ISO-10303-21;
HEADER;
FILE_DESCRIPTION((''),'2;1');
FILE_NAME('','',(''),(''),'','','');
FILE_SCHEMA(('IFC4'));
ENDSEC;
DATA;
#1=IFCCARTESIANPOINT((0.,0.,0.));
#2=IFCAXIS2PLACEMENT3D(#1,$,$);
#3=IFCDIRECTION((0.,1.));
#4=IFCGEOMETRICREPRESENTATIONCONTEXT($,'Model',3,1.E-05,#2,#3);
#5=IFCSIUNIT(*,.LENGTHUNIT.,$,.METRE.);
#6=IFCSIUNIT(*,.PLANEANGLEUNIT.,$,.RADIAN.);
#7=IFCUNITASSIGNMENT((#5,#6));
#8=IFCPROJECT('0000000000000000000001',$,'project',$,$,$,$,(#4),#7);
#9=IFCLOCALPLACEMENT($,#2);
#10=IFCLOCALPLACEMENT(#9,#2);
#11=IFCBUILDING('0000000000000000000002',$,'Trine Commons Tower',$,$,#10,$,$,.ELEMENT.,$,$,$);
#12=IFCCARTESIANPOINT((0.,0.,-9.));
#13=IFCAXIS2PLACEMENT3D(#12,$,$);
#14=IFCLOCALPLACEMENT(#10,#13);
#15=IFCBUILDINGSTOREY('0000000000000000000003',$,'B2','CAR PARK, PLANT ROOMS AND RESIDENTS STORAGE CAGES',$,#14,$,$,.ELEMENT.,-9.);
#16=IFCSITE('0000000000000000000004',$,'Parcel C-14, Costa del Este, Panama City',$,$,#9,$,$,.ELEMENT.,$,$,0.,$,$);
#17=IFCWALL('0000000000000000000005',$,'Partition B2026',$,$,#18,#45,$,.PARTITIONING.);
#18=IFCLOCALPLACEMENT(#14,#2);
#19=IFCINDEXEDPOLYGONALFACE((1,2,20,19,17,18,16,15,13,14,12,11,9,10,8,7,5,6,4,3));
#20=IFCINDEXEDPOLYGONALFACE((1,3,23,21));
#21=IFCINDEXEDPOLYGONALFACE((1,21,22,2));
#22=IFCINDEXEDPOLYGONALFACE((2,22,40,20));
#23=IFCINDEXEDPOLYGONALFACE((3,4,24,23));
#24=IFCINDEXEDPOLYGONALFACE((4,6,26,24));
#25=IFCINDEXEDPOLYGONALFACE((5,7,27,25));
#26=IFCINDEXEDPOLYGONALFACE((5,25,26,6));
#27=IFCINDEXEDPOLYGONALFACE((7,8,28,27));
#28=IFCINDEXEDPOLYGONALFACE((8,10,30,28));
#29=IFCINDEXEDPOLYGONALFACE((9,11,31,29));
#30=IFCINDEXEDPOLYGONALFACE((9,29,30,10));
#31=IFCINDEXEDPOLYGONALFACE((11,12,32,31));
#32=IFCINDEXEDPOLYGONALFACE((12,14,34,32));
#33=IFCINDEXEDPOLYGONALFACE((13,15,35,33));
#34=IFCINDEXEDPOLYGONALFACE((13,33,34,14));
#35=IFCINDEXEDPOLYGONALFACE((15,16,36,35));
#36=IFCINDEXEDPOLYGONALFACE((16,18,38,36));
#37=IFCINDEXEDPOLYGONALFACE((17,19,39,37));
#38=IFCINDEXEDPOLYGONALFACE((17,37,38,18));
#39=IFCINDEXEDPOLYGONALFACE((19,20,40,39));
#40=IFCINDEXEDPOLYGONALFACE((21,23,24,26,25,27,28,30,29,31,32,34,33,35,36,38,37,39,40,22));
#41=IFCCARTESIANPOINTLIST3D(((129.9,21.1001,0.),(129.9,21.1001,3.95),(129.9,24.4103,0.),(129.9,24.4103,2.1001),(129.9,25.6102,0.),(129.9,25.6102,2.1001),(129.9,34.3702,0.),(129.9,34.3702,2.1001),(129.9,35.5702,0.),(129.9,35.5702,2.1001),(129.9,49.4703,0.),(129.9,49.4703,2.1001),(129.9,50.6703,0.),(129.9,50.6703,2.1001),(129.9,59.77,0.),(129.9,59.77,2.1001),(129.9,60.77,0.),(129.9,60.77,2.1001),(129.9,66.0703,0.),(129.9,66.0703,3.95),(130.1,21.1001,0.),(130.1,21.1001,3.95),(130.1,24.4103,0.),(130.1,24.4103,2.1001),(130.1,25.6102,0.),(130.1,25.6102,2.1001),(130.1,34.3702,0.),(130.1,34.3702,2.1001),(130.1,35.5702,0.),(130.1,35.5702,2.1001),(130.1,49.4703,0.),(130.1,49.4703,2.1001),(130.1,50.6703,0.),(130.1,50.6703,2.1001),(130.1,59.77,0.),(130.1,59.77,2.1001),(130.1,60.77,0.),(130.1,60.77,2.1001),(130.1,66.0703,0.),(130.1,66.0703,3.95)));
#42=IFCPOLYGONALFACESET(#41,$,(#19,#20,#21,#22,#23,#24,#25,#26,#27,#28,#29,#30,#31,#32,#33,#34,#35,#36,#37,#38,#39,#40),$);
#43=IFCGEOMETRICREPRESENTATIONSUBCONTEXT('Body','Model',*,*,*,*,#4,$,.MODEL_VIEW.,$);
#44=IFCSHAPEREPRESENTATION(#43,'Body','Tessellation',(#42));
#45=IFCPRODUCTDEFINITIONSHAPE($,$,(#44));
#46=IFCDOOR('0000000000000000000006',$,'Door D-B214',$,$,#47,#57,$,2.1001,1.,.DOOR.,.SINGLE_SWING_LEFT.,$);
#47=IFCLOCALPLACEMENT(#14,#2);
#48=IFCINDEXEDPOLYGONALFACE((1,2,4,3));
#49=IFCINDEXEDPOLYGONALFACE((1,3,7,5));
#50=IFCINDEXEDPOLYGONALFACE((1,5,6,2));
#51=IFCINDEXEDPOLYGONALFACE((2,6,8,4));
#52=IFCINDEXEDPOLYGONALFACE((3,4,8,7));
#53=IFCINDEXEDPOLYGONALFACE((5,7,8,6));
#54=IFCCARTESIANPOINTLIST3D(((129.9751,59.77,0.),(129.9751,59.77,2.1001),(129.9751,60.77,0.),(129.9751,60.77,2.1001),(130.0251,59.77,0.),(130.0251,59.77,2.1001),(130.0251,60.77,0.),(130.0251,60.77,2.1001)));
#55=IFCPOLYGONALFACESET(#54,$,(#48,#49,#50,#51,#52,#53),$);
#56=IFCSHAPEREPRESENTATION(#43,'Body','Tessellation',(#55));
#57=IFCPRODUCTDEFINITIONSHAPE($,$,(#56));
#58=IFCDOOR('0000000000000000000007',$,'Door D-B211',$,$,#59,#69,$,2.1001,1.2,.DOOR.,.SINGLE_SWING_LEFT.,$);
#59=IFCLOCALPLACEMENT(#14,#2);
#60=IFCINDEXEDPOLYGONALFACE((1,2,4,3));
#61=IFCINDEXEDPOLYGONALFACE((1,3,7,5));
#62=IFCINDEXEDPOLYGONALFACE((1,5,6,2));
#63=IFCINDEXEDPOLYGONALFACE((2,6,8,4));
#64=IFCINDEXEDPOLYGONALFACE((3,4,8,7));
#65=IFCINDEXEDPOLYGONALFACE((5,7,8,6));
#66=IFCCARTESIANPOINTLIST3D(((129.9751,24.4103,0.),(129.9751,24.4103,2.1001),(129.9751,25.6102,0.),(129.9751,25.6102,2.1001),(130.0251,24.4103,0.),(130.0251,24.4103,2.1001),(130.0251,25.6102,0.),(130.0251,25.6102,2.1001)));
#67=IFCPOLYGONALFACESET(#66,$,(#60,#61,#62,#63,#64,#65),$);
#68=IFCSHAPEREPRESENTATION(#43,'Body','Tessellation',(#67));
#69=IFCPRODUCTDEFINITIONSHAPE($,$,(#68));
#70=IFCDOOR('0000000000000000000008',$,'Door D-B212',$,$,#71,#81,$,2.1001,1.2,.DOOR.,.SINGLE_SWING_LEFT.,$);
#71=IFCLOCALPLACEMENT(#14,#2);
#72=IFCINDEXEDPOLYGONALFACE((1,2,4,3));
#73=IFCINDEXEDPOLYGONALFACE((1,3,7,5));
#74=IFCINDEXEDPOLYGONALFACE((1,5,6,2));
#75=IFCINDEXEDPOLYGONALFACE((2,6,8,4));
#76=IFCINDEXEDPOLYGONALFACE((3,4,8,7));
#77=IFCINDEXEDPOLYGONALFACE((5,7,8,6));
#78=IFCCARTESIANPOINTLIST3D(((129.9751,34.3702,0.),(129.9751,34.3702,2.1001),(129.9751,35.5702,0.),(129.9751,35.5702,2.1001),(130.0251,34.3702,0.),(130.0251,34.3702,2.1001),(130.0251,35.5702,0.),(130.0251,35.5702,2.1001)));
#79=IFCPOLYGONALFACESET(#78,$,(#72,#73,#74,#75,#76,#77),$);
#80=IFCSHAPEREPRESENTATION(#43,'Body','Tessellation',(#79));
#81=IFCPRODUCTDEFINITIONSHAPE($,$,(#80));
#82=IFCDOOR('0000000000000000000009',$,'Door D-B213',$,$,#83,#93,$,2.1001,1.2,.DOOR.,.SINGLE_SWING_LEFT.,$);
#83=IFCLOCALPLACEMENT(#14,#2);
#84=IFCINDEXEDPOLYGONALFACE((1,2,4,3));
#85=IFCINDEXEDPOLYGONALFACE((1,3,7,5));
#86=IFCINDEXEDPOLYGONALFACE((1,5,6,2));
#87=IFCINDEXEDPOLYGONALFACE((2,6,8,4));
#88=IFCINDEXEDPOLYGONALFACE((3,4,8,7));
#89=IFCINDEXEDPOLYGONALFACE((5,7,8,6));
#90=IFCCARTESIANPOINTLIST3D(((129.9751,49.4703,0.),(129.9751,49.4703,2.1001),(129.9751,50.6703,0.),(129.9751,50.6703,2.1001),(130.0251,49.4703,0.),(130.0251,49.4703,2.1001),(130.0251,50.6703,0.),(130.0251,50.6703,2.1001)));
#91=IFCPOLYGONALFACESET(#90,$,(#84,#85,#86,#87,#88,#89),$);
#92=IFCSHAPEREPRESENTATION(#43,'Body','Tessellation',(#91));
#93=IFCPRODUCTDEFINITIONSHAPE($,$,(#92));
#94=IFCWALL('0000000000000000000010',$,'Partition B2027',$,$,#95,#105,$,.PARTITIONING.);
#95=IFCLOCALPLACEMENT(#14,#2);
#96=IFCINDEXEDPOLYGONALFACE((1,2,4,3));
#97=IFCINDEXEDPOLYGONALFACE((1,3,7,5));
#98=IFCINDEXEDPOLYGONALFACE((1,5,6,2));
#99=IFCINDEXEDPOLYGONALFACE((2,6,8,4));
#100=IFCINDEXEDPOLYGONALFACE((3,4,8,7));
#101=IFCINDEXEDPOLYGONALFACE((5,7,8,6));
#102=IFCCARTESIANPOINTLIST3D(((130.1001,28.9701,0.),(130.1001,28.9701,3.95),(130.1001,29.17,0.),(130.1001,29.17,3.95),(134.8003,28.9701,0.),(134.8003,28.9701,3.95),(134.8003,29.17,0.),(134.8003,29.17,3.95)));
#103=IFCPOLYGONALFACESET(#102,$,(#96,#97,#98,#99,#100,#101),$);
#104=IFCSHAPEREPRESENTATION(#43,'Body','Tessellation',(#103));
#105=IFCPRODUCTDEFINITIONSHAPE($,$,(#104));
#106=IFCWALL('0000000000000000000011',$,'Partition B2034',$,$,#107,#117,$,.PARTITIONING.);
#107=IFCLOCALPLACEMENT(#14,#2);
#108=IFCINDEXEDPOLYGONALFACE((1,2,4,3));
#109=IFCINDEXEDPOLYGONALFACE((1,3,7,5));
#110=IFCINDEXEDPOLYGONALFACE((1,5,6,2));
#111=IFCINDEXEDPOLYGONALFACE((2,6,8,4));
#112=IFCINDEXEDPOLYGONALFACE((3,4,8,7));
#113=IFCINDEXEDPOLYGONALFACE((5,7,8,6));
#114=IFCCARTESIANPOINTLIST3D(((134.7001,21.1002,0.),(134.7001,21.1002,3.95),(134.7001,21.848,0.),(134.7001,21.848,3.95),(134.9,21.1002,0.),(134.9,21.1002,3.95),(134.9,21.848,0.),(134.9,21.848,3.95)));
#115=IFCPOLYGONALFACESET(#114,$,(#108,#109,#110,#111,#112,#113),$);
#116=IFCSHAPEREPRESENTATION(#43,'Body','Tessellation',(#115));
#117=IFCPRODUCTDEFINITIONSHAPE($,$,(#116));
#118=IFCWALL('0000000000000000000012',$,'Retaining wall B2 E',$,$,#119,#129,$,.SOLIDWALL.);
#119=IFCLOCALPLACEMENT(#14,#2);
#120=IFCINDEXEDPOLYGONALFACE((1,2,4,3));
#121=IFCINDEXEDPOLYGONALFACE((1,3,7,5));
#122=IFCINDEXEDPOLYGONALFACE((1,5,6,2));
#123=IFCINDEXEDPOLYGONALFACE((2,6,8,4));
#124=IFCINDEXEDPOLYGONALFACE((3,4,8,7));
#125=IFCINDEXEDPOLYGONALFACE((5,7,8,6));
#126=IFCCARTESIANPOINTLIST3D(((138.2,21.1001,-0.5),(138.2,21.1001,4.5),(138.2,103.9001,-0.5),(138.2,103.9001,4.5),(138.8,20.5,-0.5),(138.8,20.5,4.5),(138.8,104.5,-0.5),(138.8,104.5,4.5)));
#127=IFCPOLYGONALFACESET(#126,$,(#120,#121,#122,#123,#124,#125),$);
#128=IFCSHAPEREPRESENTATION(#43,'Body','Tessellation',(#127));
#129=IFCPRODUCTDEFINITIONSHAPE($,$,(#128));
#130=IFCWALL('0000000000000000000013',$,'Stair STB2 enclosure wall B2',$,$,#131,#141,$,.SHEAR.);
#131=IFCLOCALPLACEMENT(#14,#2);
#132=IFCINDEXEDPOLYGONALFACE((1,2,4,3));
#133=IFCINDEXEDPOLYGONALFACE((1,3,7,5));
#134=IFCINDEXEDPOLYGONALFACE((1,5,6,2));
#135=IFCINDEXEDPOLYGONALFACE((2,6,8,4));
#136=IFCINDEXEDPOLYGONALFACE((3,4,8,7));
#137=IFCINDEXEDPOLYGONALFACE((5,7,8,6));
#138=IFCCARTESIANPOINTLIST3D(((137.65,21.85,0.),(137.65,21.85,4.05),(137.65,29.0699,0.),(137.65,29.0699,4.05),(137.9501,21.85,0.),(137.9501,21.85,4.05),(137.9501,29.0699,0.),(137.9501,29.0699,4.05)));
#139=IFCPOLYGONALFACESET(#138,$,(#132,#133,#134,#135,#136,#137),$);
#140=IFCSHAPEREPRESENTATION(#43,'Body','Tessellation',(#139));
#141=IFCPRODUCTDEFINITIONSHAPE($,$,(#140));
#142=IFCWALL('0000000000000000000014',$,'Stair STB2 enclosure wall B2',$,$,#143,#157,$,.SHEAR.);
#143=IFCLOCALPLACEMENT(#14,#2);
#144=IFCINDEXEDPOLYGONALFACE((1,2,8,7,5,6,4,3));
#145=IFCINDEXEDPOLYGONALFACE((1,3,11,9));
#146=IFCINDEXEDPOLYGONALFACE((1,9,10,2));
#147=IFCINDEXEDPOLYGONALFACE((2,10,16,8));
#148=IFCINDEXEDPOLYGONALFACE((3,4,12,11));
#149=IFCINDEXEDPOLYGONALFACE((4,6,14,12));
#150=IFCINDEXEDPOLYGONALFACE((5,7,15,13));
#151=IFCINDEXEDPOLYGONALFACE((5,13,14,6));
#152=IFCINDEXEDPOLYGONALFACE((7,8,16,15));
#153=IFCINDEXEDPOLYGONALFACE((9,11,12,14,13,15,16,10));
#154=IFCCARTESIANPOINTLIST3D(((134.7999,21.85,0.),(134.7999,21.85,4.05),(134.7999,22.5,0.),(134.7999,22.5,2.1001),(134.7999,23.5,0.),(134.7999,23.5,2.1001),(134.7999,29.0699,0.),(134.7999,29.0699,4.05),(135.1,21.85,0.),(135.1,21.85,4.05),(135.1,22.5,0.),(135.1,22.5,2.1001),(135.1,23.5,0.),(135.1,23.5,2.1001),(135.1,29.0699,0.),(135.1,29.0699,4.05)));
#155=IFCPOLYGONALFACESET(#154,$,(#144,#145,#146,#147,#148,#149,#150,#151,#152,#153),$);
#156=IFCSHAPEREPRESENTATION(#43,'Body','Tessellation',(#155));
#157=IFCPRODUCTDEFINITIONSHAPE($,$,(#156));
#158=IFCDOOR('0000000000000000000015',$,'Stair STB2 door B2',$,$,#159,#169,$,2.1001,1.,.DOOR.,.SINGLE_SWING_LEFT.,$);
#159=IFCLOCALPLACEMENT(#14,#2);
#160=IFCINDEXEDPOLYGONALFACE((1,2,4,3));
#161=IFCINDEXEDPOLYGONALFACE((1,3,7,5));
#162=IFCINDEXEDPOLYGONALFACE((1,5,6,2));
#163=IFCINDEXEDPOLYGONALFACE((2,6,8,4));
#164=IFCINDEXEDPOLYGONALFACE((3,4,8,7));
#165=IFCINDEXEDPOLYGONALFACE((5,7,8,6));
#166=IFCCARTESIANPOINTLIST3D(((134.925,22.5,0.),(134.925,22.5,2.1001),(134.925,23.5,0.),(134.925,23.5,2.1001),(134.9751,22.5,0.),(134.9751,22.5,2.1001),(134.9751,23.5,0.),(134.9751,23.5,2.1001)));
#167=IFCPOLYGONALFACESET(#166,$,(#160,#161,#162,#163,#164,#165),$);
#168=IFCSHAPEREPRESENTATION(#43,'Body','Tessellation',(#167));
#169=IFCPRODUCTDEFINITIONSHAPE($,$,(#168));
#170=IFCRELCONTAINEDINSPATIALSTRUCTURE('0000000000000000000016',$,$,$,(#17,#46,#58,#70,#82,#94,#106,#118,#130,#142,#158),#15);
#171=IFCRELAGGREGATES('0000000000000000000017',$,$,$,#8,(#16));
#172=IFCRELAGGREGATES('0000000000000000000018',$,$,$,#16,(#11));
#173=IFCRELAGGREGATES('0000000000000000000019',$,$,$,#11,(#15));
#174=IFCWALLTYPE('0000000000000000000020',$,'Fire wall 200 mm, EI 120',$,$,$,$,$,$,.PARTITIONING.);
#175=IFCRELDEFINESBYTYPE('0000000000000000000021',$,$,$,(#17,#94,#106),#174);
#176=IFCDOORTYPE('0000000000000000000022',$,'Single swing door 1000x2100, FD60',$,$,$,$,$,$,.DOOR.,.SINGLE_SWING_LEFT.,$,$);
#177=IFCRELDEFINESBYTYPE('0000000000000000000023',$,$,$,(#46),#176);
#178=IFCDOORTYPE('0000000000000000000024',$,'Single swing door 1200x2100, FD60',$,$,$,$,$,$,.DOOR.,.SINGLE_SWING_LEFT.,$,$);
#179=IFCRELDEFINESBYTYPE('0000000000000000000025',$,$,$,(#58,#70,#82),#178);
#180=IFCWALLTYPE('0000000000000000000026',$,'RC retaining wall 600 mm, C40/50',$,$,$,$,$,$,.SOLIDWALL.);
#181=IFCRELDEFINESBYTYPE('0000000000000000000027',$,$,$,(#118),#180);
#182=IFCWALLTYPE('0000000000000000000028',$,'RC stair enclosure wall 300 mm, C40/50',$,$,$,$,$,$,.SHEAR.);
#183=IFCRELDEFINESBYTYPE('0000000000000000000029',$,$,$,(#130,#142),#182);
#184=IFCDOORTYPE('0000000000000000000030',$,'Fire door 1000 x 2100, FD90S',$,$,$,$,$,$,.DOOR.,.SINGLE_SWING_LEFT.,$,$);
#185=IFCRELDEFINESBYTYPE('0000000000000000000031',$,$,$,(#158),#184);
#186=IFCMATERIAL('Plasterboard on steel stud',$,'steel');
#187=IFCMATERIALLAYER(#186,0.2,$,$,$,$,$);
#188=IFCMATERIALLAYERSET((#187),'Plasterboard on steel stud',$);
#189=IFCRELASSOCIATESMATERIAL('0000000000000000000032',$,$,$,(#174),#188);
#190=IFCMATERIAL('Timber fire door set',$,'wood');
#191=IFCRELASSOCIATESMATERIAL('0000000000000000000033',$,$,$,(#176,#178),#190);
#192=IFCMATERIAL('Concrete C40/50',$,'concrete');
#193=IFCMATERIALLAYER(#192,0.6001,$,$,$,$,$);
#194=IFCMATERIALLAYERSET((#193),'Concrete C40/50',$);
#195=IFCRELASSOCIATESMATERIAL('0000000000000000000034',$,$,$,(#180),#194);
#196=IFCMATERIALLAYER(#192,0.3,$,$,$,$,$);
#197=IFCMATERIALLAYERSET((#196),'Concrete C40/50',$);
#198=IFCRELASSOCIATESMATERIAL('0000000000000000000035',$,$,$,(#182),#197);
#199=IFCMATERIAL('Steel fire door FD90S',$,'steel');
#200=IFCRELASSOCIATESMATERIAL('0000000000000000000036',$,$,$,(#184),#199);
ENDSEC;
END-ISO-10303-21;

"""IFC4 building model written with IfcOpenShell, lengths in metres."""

from ifc_helpers import new_model, si_unit, direction, frame, frame_2d, origin, place, context, subcontext, project, spatial, polyline, rectangle, outline, extrude, material, layer, layer_set, type_object, element, fill, save


model = new_model("IFC4")

# Units and contexts
model_context = context("Model", 3, precision=1e-05, world=origin(), true_north=direction((0.0, 1.0)))
body_context = subcontext(model_context, "Body", "Model", "MODEL_VIEW")
ifc_project = project(units=[si_unit("LENGTHUNIT", "METRE"), si_unit("PLANEANGLEUNIT", "RADIAN")], contexts=[model_context])

# Site, building, storey
site_placement = place(None, origin())
site = spatial("IfcSite", under=ifc_project, at=site_placement, Name="Parcel C-14, Costa del Este, Panama City", CompositionType="ELEMENT", RefElevation=0.0)
building_placement = place(site_placement, origin())
building = spatial("IfcBuilding", under=site, at=building_placement, Name="Trine Commons Tower", CompositionType="ELEMENT")
storey_placement = place(building_placement, frame((0.0, 0.0, -9.0)))
storey = spatial("IfcBuildingStorey", under=building, at=storey_placement, Name="B2", Description="CAR PARK, PLANT ROOMS AND RESIDENTS STORAGE CAGES", CompositionType="ELEMENT", Elevation=-9.0)

# Shared definitions
ifc_material_1 = material(Name="Concrete C40/50", Category="concrete")

# Wall, openings, doors
ifc_material_2 = material(Name="Plasterboard on steel stud", Category="steel")
ifc_layer_1 = layer(ifc_material_2, 0.2)
ifc_layer_set_1 = layer_set([ifc_layer_1], Name="Plasterboard on steel stud")
wall_type_1 = type_object("IfcWallType", Name="Fire wall 200 mm, EI 120", PredefinedType="PARTITIONING", material=ifc_layer_set_1)
wall_1_placement = place(storey_placement, frame((130.0, 21.1001, 0.0), z_axis=(0.0, 0.0, 1.0), x_axis=(0.0, 1.0, 0.0)))
wall_1 = element("IfcWall", 1, at=wall_1_placement, inside=storey, type_object=wall_type_1, Name="Partition B2026", PredefinedType="PARTITIONING", context=body_context, shape_type="SweptSolid", body=[
    extrude(rectangle(XDim=44.9702, YDim=0.2, at=frame_2d((22.4851, 0.0))), origin(), (0.0, 0.0, 1.0), 3.95),
])
opening_1_placement = place(wall_1_placement, frame((3.3101, 0.0, 0.0)))
opening_1 = element("IfcOpeningElement", 2, at=opening_1_placement, cuts=wall_1, PredefinedType="OPENING", context=body_context, shape_type="SweptSolid", body=[
    extrude(rectangle(XDim=1.2, YDim=2.1001, at=frame_2d((0.6001, 1.05))), frame((0.0, 0.1099, 0.0), z_axis=(0.0, -1.0, 0.0), x_axis=(1.0, 0.0, 0.0)), (0.0, 0.0, 1.0), 0.22),
])
opening_2_placement = place(wall_1_placement, frame((13.27, 0.0, 0.0)))
opening_2 = element("IfcOpeningElement", 3, at=opening_2_placement, cuts=wall_1, PredefinedType="OPENING", context=body_context, shape_type="SweptSolid", body=[
    extrude(rectangle(XDim=1.2, YDim=2.1001, at=frame_2d((0.6001, 1.05))), frame((0.0, 0.1099, 0.0), z_axis=(0.0, -1.0, 0.0), x_axis=(1.0, 0.0, 0.0)), (0.0, 0.0, 1.0), 0.22),
])
opening_3_placement = place(wall_1_placement, frame((28.3701, 0.0, 0.0)))
opening_3 = element("IfcOpeningElement", 4, at=opening_3_placement, cuts=wall_1, PredefinedType="OPENING", context=body_context, shape_type="SweptSolid", body=[
    extrude(rectangle(XDim=1.2, YDim=2.1001, at=frame_2d((0.6001, 1.05))), frame((0.0, 0.1099, 0.0), z_axis=(0.0, -1.0, 0.0), x_axis=(1.0, 0.0, 0.0)), (0.0, 0.0, 1.0), 0.22),
])
opening_4_placement = place(wall_1_placement, frame((38.6699, 0.0, 0.0)))
opening_4 = element("IfcOpeningElement", 5, at=opening_4_placement, cuts=wall_1, PredefinedType="OPENING", context=body_context, shape_type="SweptSolid", body=[
    extrude(rectangle(XDim=1.0, YDim=2.1001, at=frame_2d((0.5, 1.05))), frame((0.0, 0.1099, 0.0), z_axis=(0.0, -1.0, 0.0), x_axis=(1.0, 0.0, 0.0)), (0.0, 0.0, 1.0), 0.22),
])
ifc_material_3 = material(Name="Timber fire door set", Category="wood")
door_type_1 = type_object("IfcDoorType", Name="Single swing door 1000x2100, FD60", OperationType="SINGLE_SWING_LEFT", PredefinedType="DOOR", material=ifc_material_3)
door_1_placement = place(opening_4_placement, origin())
door_1 = element("IfcDoor", 6, at=door_1_placement, inside=storey, type_object=door_type_1, Name="Door D-B214", OperationType="SINGLE_SWING_LEFT", OverallHeight=2.1001, OverallWidth=1.0, PredefinedType="DOOR", context=body_context, shape_type="SweptSolid", body=[
    extrude(rectangle(XDim=1.0, YDim=2.1001, at=frame_2d((0.5, 1.05))), frame((0.0, 0.0249, 0.0), z_axis=(0.0, -1.0, 0.0), x_axis=(1.0, 0.0, 0.0)), (0.0, 0.0, 1.0), 0.05),
])
fill(opening_4, door_1)
door_type_2 = type_object("IfcDoorType", Name="Single swing door 1200x2100, FD60", OperationType="SINGLE_SWING_LEFT", PredefinedType="DOOR", material=ifc_material_3)
door_2_placement = place(opening_1_placement, origin())
door_2 = element("IfcDoor", 7, at=door_2_placement, inside=storey, type_object=door_type_2, Name="Door D-B211", OperationType="SINGLE_SWING_LEFT", OverallHeight=2.1001, OverallWidth=1.2, PredefinedType="DOOR", context=body_context, shape_type="SweptSolid", body=[
    extrude(rectangle(XDim=1.2, YDim=2.1001, at=frame_2d((0.6001, 1.05))), frame((0.0, 0.0249, 0.0), z_axis=(0.0, -1.0, 0.0), x_axis=(1.0, 0.0, 0.0)), (0.0, 0.0, 1.0), 0.05),
])
fill(opening_1, door_2)
door_3_placement = place(opening_2_placement, origin())
door_3 = element("IfcDoor", 8, at=door_3_placement, inside=storey, type_object=door_type_2, Name="Door D-B212", OperationType="SINGLE_SWING_LEFT", OverallHeight=2.1001, OverallWidth=1.2, PredefinedType="DOOR", context=body_context, shape_type="SweptSolid", body=[
    extrude(rectangle(XDim=1.2, YDim=2.1001, at=frame_2d((0.6001, 1.05))), frame((0.0, 0.0249, 0.0), z_axis=(0.0, -1.0, 0.0), x_axis=(1.0, 0.0, 0.0)), (0.0, 0.0, 1.0), 0.05),
])
fill(opening_2, door_3)
door_4_placement = place(opening_3_placement, origin())
door_4 = element("IfcDoor", 9, at=door_4_placement, inside=storey, type_object=door_type_2, Name="Door D-B213", OperationType="SINGLE_SWING_LEFT", OverallHeight=2.1001, OverallWidth=1.2, PredefinedType="DOOR", context=body_context, shape_type="SweptSolid", body=[
    extrude(rectangle(XDim=1.2, YDim=2.1001, at=frame_2d((0.6001, 1.05))), frame((0.0, 0.0249, 0.0), z_axis=(0.0, -1.0, 0.0), x_axis=(1.0, 0.0, 0.0)), (0.0, 0.0, 1.0), 0.05),
])
fill(opening_3, door_4)

# Walls
wall_2_placement = place(storey_placement, frame((130.1001, 29.0701, 0.0), z_axis=(0.0, 0.0, 1.0), x_axis=(1.0, 0.0, 0.0)))
element("IfcWall", 10, at=wall_2_placement, inside=storey, type_object=wall_type_1, Name="Partition B2027", PredefinedType="PARTITIONING", context=body_context, shape_type="SweptSolid", body=[
    extrude(rectangle(XDim=4.7002, YDim=0.2, at=frame_2d((2.3501, 0.0))), origin(), (0.0, 0.0, 1.0), 3.95),
])
wall_3_placement = place(storey_placement, frame((134.8, 21.1001, 0.0), z_axis=(0.0, 0.0, 1.0), x_axis=(0.0, 1.0, 0.0)))
element("IfcWall", 11, at=wall_3_placement, inside=storey, type_object=wall_type_1, Name="Partition B2034", PredefinedType="PARTITIONING", context=body_context, shape_type="SweptSolid", body=[
    extrude(rectangle(XDim=0.7478, YDim=0.2, at=frame_2d((0.374, 0.0))), origin(), (0.0, 0.0, 1.0), 3.95),
])
ifc_layer_2 = layer(ifc_material_1, 0.6001)
ifc_layer_set_2 = layer_set([ifc_layer_2], Name="Concrete C40/50")
wall_type_2 = type_object("IfcWallType", Name="RC retaining wall 600 mm, C40/50", PredefinedType="SOLIDWALL", material=ifc_layer_set_2)
wall_4_placement = place(storey_placement, frame((138.5, 20.8, -0.5), z_axis=(0.0, 0.0, 1.0), x_axis=(0.0, 1.0, 0.0)))
element("IfcWall", 12, at=wall_4_placement, inside=storey, type_object=wall_type_2, Name="Retaining wall B2 E", PredefinedType="SOLIDWALL", context=body_context, shape_type="SweptSolid", body=[
    extrude(outline(polyline([(-0.3, -0.3), (83.7, -0.3), (83.1001, 0.3), (0.3, 0.3), (-0.3, -0.3)])), origin(), (0.0, 0.0, 1.0), 5.0),
])
ifc_layer_3 = layer(ifc_material_1, 0.3)
ifc_layer_set_3 = layer_set([ifc_layer_3], Name="Concrete C40/50")
wall_type_3 = type_object("IfcWallType", Name="RC stair enclosure wall 300 mm, C40/50", PredefinedType="SHEAR", material=ifc_layer_set_3)
wall_5_placement = place(storey_placement, frame((137.8, 21.8501, 0.0), z_axis=(0.0, 0.0, 1.0), x_axis=(0.0, 1.0, 0.0)))
element("IfcWall", 13, at=wall_5_placement, inside=storey, type_object=wall_type_3, Name="Stair STB2 enclosure wall B2", PredefinedType="SHEAR", context=body_context, shape_type="SweptSolid", body=[
    extrude(rectangle(XDim=7.22, YDim=0.3, at=frame_2d((3.6099, 0.0))), origin(), (0.0, 0.0, 1.0), 4.05),
])

# Wall, opening, door
wall_6_placement = place(storey_placement, frame((134.95, 21.8501, 0.0), z_axis=(0.0, 0.0, 1.0), x_axis=(0.0, 1.0, 0.0)))
wall_6 = element("IfcWall", 14, at=wall_6_placement, inside=storey, type_object=wall_type_3, Name="Stair STB2 enclosure wall B2", PredefinedType="SHEAR", context=body_context, shape_type="SweptSolid", body=[
    extrude(rectangle(XDim=7.22, YDim=0.3, at=frame_2d((3.6099, 0.0))), origin(), (0.0, 0.0, 1.0), 4.05),
])
opening_5_placement = place(wall_6_placement, frame((0.6499, 0.0, 0.0)))
opening_5 = element("IfcOpeningElement", 15, at=opening_5_placement, cuts=wall_6, PredefinedType="OPENING", context=body_context, shape_type="SweptSolid", body=[
    extrude(rectangle(XDim=1.0, YDim=2.1001, at=frame_2d((0.5, 1.05))), frame((0.0, 0.1599, 0.0), z_axis=(0.0, -1.0, 0.0), x_axis=(1.0, 0.0, 0.0)), (0.0, 0.0, 1.0), 0.3201),
])
ifc_material_4 = material(Name="Steel fire door FD90S", Category="steel")
door_type_3 = type_object("IfcDoorType", Name="Fire door 1000 x 2100, FD90S", OperationType="SINGLE_SWING_LEFT", PredefinedType="DOOR", material=ifc_material_4)
door_5_placement = place(opening_5_placement, origin())
door_5 = element("IfcDoor", 16, at=door_5_placement, inside=storey, type_object=door_type_3, Name="Stair STB2 door B2", OperationType="SINGLE_SWING_LEFT", OverallHeight=2.1001, OverallWidth=1.0, PredefinedType="DOOR", context=body_context, shape_type="SweptSolid", body=[
    extrude(rectangle(XDim=1.0, YDim=2.1001, at=frame_2d((0.5, 1.05))), frame((0.0, 0.0249, 0.0), z_axis=(0.0, -1.0, 0.0), x_axis=(1.0, 0.0, 0.0)), (0.0, 0.0, 1.0), 0.05),
])
fill(opening_5, door_5)

save(model, "model.ifc")
